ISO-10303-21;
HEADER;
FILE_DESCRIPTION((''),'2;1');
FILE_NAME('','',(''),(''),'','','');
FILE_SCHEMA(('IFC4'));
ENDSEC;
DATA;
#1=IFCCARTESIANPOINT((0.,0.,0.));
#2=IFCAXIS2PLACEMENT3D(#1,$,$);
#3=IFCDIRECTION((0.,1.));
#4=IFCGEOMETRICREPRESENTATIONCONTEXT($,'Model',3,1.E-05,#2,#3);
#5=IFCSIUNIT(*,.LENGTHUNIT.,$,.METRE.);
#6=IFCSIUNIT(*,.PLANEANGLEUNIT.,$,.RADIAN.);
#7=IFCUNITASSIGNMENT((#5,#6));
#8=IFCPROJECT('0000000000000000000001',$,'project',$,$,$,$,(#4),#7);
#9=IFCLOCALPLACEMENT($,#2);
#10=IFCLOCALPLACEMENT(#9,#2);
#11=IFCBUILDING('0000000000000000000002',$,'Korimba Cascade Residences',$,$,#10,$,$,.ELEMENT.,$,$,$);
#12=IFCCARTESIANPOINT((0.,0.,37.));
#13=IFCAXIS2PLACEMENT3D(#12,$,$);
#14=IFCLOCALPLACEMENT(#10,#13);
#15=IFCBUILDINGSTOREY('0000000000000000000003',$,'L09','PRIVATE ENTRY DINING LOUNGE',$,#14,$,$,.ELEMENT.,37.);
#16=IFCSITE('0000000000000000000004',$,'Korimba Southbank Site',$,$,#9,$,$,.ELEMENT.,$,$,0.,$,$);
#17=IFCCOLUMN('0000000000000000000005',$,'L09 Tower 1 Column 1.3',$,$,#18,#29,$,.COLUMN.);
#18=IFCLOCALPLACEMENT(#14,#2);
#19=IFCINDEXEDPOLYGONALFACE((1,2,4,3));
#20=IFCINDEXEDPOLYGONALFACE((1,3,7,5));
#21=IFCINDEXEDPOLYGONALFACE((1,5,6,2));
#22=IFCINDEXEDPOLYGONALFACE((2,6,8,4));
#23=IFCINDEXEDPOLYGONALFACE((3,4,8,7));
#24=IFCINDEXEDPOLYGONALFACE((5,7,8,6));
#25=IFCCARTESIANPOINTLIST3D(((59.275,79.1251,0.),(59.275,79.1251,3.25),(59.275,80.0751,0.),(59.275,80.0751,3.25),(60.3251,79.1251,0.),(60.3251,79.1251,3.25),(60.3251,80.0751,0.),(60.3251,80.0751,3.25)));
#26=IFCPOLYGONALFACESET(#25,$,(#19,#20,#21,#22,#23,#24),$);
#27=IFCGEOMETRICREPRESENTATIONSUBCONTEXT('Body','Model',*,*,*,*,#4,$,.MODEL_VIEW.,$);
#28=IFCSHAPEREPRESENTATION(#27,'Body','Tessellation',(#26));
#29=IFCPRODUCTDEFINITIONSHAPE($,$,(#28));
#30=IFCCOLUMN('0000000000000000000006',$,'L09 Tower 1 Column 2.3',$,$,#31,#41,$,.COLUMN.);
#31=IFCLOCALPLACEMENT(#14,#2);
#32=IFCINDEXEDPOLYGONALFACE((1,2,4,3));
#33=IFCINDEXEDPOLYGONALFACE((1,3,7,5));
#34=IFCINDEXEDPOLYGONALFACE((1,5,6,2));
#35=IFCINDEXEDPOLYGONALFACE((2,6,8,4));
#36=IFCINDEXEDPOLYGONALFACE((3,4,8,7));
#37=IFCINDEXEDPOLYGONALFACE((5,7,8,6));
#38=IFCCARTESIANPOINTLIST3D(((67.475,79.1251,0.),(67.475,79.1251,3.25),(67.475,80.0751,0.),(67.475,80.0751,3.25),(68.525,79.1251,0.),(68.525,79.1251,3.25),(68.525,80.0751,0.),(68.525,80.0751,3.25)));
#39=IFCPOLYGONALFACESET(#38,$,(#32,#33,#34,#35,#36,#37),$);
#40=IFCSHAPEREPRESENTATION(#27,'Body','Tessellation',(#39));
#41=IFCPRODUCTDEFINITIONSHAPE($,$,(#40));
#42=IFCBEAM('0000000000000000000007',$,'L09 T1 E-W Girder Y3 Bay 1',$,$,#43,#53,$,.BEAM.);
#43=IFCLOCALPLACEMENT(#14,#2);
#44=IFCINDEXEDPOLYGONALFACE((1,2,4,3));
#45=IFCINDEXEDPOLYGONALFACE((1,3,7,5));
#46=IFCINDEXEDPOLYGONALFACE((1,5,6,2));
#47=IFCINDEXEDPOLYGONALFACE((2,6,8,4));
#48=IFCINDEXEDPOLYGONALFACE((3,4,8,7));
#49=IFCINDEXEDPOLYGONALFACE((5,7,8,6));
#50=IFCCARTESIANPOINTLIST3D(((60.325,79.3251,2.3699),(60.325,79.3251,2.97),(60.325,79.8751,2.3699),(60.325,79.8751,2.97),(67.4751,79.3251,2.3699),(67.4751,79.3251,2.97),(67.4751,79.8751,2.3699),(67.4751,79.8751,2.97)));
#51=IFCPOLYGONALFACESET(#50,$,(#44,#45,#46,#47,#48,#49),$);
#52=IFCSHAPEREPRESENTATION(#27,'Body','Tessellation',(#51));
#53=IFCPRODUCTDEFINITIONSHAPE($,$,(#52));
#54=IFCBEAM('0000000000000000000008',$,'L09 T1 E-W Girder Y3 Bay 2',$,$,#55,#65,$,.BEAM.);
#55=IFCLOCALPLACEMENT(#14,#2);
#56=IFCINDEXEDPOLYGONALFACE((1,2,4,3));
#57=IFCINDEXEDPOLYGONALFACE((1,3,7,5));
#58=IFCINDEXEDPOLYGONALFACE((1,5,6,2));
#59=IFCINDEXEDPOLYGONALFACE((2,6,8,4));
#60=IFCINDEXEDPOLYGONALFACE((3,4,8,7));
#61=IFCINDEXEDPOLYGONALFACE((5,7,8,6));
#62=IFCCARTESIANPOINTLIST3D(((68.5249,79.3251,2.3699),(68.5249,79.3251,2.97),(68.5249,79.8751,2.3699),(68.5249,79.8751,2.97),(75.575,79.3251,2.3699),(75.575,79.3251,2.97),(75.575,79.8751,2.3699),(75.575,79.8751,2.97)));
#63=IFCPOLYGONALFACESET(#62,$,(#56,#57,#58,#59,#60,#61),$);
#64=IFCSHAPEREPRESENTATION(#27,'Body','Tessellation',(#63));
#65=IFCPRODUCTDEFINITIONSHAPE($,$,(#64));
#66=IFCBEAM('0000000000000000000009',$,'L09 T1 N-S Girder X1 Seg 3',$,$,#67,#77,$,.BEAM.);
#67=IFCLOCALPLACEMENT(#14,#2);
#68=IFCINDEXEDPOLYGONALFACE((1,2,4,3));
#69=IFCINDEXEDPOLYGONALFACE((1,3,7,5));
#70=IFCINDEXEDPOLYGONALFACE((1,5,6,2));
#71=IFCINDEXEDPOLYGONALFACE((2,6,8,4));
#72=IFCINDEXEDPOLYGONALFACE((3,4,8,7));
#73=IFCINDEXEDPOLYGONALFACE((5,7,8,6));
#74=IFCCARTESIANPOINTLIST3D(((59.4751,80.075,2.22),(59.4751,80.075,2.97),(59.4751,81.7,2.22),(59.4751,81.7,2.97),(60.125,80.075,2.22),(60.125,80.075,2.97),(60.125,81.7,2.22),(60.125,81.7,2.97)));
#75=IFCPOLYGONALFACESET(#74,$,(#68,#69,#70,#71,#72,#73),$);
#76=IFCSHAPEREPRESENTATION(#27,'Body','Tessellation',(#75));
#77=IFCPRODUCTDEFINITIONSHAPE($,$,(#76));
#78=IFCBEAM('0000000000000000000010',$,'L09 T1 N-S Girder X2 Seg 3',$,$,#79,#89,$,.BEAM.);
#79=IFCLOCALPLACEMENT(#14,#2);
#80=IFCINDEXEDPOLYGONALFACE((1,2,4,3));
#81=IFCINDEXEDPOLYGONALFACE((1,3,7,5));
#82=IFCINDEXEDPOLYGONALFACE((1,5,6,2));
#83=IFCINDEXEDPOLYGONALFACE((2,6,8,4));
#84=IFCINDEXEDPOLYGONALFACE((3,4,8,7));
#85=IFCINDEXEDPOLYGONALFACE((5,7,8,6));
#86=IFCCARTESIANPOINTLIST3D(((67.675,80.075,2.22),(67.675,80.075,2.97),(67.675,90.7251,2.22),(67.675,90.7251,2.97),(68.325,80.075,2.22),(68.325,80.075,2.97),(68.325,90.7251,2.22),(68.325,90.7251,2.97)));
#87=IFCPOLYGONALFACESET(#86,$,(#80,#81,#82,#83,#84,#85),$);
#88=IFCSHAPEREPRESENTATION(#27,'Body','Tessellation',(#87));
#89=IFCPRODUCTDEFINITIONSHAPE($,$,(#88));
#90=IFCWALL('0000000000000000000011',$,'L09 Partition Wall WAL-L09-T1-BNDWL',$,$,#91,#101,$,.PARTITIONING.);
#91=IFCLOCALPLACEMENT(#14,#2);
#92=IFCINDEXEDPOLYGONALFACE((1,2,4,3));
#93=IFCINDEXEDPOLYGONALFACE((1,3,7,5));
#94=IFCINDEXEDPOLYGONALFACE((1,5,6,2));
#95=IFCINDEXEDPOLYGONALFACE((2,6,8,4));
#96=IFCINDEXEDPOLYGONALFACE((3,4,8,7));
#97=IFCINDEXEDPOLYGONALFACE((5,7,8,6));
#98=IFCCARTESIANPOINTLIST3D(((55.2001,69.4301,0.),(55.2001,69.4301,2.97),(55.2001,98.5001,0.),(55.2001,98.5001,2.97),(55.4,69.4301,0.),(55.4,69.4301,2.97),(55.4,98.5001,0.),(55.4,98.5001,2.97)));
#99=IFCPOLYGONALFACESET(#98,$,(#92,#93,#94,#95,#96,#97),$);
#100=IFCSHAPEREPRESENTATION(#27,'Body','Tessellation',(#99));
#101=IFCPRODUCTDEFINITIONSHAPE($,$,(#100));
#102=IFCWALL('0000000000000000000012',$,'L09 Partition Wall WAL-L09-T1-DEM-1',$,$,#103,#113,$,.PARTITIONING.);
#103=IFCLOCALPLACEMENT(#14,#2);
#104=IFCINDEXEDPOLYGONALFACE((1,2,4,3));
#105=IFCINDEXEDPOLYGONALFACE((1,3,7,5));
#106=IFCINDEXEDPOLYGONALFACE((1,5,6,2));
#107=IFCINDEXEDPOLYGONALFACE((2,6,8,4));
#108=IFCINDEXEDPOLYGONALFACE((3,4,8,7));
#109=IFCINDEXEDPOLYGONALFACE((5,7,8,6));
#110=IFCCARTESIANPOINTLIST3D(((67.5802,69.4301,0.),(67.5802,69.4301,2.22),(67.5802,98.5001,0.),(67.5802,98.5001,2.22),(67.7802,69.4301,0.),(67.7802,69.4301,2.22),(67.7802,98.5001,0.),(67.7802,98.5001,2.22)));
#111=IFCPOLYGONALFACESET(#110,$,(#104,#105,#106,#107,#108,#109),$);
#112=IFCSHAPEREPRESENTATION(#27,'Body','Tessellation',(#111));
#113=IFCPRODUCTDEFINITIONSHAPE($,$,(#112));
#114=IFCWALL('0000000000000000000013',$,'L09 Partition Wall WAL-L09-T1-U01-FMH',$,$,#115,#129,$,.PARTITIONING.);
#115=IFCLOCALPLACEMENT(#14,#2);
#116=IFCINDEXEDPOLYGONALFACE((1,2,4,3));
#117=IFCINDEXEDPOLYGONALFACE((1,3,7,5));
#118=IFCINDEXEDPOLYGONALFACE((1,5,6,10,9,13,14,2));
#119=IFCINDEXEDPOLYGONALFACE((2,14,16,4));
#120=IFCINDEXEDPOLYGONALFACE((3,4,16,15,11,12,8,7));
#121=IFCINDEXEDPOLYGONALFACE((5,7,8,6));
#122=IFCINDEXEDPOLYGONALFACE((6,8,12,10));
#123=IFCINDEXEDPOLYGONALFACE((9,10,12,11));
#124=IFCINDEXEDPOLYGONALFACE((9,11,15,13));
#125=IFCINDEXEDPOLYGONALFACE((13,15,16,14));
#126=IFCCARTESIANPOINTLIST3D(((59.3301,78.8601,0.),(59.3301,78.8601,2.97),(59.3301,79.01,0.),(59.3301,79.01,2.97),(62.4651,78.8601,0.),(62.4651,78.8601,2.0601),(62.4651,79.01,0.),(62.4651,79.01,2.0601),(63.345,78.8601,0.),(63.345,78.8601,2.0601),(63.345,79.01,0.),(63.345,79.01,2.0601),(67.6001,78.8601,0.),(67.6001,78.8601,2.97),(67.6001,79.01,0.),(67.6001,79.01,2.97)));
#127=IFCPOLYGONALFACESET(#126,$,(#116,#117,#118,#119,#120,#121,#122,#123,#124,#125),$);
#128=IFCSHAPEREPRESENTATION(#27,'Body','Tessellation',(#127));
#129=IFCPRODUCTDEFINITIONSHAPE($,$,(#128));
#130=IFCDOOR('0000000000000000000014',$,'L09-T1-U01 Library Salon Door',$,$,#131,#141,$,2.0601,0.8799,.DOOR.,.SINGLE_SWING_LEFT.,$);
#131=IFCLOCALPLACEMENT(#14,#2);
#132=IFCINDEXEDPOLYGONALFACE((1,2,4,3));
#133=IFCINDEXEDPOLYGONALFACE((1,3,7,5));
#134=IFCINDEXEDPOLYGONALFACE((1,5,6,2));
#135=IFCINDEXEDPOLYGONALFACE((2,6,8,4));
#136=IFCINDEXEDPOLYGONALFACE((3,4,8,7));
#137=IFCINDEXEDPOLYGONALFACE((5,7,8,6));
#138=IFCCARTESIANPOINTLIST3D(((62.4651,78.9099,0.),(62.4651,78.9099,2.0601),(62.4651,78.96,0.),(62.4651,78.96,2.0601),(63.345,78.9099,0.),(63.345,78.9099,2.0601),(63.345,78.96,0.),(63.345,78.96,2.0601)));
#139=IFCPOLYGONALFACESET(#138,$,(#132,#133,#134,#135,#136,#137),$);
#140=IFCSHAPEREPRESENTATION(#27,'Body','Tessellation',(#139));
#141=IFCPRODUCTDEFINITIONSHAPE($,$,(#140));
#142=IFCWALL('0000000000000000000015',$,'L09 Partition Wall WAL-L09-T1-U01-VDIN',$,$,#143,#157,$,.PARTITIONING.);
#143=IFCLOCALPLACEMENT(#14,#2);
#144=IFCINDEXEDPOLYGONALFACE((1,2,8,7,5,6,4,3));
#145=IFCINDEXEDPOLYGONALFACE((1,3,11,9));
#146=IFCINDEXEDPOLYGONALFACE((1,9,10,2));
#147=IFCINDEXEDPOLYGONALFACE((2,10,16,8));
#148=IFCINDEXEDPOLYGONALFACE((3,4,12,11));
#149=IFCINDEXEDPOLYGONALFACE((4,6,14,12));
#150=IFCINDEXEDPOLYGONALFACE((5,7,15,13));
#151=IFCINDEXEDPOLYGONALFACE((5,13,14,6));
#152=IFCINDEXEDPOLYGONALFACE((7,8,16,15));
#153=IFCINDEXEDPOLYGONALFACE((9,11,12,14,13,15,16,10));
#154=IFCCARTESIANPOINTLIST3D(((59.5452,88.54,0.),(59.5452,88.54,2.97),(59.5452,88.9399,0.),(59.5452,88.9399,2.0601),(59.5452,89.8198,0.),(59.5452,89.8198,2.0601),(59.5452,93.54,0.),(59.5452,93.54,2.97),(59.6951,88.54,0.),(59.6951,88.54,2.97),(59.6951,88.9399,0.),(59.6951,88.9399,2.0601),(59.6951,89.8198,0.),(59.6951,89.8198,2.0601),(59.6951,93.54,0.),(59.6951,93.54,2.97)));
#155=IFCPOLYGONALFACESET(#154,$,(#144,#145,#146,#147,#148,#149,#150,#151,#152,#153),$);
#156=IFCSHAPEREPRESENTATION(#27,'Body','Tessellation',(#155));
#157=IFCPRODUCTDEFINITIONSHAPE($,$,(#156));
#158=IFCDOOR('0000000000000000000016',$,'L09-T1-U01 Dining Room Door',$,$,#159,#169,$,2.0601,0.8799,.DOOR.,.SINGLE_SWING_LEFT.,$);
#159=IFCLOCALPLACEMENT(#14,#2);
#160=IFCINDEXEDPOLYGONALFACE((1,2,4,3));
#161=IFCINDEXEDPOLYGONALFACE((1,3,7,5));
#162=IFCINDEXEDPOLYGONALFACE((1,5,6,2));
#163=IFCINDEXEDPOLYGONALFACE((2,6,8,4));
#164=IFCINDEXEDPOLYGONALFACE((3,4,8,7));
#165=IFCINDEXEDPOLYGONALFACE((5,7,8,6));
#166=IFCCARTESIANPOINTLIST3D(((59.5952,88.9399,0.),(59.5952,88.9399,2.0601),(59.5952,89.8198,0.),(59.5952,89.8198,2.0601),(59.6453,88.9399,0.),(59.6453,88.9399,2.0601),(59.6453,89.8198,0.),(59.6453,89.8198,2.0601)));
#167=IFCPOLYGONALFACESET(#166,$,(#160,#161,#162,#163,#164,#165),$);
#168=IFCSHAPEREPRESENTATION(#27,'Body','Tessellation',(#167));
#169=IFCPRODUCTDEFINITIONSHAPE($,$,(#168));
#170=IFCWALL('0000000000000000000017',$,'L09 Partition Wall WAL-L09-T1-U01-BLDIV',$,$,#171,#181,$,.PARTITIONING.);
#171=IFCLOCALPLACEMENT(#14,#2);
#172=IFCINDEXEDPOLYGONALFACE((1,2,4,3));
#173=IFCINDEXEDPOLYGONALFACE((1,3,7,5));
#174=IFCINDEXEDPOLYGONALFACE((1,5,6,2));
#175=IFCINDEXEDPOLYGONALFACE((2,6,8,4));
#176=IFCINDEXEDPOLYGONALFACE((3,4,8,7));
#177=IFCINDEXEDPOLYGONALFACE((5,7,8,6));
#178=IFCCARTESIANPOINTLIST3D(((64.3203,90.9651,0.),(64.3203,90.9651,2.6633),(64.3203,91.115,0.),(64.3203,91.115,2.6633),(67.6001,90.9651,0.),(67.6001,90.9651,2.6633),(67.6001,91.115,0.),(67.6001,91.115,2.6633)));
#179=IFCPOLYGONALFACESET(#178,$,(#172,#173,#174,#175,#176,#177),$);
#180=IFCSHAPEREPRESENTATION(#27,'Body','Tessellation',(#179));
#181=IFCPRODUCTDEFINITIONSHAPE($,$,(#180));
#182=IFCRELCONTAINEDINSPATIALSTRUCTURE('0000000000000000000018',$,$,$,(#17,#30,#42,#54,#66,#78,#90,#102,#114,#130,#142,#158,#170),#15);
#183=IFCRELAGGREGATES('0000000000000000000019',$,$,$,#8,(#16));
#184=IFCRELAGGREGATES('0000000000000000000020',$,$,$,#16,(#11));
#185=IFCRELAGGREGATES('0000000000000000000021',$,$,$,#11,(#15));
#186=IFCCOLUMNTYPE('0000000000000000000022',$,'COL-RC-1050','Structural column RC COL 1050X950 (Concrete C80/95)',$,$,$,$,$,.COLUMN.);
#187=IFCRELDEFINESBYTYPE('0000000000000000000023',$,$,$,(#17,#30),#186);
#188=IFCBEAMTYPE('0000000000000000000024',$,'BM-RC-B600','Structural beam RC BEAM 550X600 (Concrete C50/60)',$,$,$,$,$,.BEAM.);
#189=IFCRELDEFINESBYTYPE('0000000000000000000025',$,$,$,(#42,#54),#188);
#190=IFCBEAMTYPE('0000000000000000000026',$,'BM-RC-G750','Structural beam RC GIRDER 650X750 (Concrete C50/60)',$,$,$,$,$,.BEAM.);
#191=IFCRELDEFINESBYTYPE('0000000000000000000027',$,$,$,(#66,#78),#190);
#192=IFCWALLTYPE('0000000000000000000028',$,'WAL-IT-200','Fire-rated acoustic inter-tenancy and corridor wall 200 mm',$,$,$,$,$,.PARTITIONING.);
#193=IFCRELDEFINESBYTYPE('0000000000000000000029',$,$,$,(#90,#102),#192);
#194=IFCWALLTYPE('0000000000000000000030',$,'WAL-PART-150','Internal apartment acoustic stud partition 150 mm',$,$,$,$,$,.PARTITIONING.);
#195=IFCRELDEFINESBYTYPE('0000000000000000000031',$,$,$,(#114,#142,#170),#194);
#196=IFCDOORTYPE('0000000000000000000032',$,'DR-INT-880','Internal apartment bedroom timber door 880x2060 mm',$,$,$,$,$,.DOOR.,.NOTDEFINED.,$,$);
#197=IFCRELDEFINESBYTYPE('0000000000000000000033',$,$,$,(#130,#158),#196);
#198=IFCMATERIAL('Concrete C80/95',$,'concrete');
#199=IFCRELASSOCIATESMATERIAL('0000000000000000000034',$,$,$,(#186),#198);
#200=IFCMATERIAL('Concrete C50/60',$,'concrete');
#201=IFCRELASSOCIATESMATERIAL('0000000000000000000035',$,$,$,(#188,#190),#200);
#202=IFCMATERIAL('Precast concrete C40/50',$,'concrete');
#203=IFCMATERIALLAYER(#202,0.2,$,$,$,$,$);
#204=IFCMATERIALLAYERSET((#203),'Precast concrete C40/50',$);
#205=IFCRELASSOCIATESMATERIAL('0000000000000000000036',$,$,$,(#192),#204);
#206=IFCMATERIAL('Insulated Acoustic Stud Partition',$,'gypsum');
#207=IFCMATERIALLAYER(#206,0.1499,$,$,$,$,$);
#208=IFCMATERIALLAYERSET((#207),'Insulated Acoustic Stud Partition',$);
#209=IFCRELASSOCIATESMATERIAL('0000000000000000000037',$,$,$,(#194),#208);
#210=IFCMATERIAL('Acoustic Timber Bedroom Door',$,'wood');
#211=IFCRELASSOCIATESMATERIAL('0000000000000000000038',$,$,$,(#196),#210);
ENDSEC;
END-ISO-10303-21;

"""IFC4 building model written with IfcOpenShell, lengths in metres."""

from ifc_helpers import new_model, si_unit, direction, frame, frame_2d, origin, origin_2d, place, context, subcontext, project, spatial, rectangle, extrude, material, layer, layer_set, material_profile, profile_set, type_object, element, fill, save


model = new_model("IFC4")

# Units and contexts
model_context = context("Model", 3, precision=1e-05, world=origin(), true_north=direction((0.0, 1.0)))
body_context = subcontext(model_context, "Body", "Model", "MODEL_VIEW")
ifc_project = project(units=[si_unit("LENGTHUNIT", "METRE"), si_unit("PLANEANGLEUNIT", "RADIAN")], contexts=[model_context])

# Site, building, storey
site_placement = place(None, origin())
site = spatial("IfcSite", under=ifc_project, at=site_placement, Name="Korimba Southbank Site", CompositionType="ELEMENT", RefElevation=0.0)
building_placement = place(site_placement, origin())
building = spatial("IfcBuilding", under=site, at=building_placement, Name="Korimba Cascade Residences", CompositionType="ELEMENT")
storey_placement = place(building_placement, frame((0.0, 0.0, 37.0)))
storey = spatial("IfcBuildingStorey", under=building, at=storey_placement, Name="L09", Description="PRIVATE ENTRY DINING LOUNGE", CompositionType="ELEMENT", Elevation=37.0)

# Columns
ifc_material_1 = material(Name="Concrete C80/95", Category="concrete")
ifc_material_profile_1 = material_profile(ifc_material_1, rectangle(XDim=1.05, YDim=0.95, at=origin_2d()), Name="Concrete C80/95")
ifc_profile_set_1 = profile_set([ifc_material_profile_1], Name="Concrete C80/95")
column_type = type_object("IfcColumnType", Name="COL-RC-1050", Description="Structural column RC COL 1050X950 (Concrete C80/95)", PredefinedType="COLUMN", material=ifc_profile_set_1)
for number, where, z_axis, x_axis, name in (
    (1, (59.8, 79.6001, 0.0), (0.0, 0.0, 1.0), (1.0, 0.0, 0.0), "L09 Tower 1 Column 1.3"),
    (2, (68.0, 79.6001, 0.0), (0.0, 0.0, 1.0), (1.0, 0.0, 0.0), "L09 Tower 1 Column 2.3"),
):
    element("IfcColumn", number, at=place(storey_placement, frame(where, z_axis=z_axis, x_axis=x_axis)), inside=storey, type_object=column_type, Name=name, PredefinedType="COLUMN", context=body_context, shape_type="SweptSolid", body=[
        extrude(rectangle(XDim=1.05, YDim=0.95, at=origin_2d()), origin(), (0.0, 0.0, 1.0), 3.25),
    ])

# Beams
ifc_material_2 = material(Name="Concrete C50/60", Category="concrete")
ifc_material_profile_2 = material_profile(ifc_material_2, rectangle(XDim=0.55, YDim=0.6001, at=origin_2d()), Name="Concrete C50/60")
ifc_profile_set_2 = profile_set([ifc_material_profile_2], Name="Concrete C50/60")
beam_type_1 = type_object("IfcBeamType", Name="BM-RC-B600", Description="Structural beam RC BEAM 550X600 (Concrete C50/60)", PredefinedType="BEAM", material=ifc_profile_set_2)
beam_1_placement = place(storey_placement, frame((60.325, 79.6001, 2.6699), z_axis=(1.0, 0.0, 0.0), x_axis=(0.0, 1.0, 0.0)))
element("IfcBeam", 3, at=beam_1_placement, inside=storey, type_object=beam_type_1, Name="L09 T1 E-W Girder Y3 Bay 1", PredefinedType="BEAM", context=body_context, shape_type="SweptSolid", body=[
    extrude(rectangle(XDim=0.55, YDim=0.6001, at=origin_2d()), origin(), (0.0, 0.0, 1.0), 7.1501),
])
beam_2_placement = place(storey_placement, frame((68.5249, 79.6001, 2.6699), z_axis=(1.0, 0.0, 0.0), x_axis=(0.0, 1.0, 0.0)))
element("IfcBeam", 4, at=beam_2_placement, inside=storey, type_object=beam_type_1, Name="L09 T1 E-W Girder Y3 Bay 2", PredefinedType="BEAM", context=body_context, shape_type="SweptSolid", body=[
    extrude(rectangle(XDim=0.55, YDim=0.6001, at=origin_2d()), origin(), (0.0, 0.0, 1.0), 7.05),
])
ifc_material_profile_3 = material_profile(ifc_material_2, rectangle(XDim=0.6499, YDim=0.75, at=origin_2d()), Name="Concrete C50/60")
ifc_profile_set_3 = profile_set([ifc_material_profile_3], Name="Concrete C50/60")
beam_type_2 = type_object("IfcBeamType", Name="BM-RC-G750", Description="Structural beam RC GIRDER 650X750 (Concrete C50/60)", PredefinedType="BEAM", material=ifc_profile_set_3)
beam_3_placement = place(storey_placement, frame((59.8, 80.075, 2.595), z_axis=(0.0, 1.0, 0.0), x_axis=(-1.0, 0.0, 0.0)))
element("IfcBeam", 5, at=beam_3_placement, inside=storey, type_object=beam_type_2, Name="L09 T1 N-S Girder X1 Seg 3", PredefinedType="BEAM", context=body_context, shape_type="SweptSolid", body=[
    extrude(rectangle(XDim=0.6499, YDim=0.75, at=origin_2d()), origin(), (0.0, 0.0, 1.0), 1.625),
])
beam_4_placement = place(storey_placement, frame((68.0, 80.075, 2.595), z_axis=(0.0, 1.0, 0.0), x_axis=(-1.0, 0.0, 0.0)))
element("IfcBeam", 6, at=beam_4_placement, inside=storey, type_object=beam_type_2, Name="L09 T1 N-S Girder X2 Seg 3", PredefinedType="BEAM", context=body_context, shape_type="SweptSolid", body=[
    extrude(rectangle(XDim=0.6499, YDim=0.75, at=origin_2d()), origin(), (0.0, 0.0, 1.0), 10.6501),
])

# Walls
ifc_material_3 = material(Name="Precast concrete C40/50", Category="concrete")
ifc_layer_1 = layer(ifc_material_3, 0.2)
ifc_layer_set_1 = layer_set([ifc_layer_1], Name="Precast concrete C40/50")
wall_type_1 = type_object("IfcWallType", Name="WAL-IT-200", Description="Fire-rated acoustic inter-tenancy and corridor wall 200 mm", PredefinedType="PARTITIONING", material=ifc_layer_set_1)
wall_1_placement = place(storey_placement, frame((55.3, 69.4299, 0.0), z_axis=(0.0, 0.0, 1.0), x_axis=(0.0, 1.0, 0.0)))
element("IfcWall", 7, at=wall_1_placement, inside=storey, type_object=wall_type_1, Name="L09 Partition Wall WAL-L09-T1-BNDWL", PredefinedType="PARTITIONING", context=body_context, shape_type="SweptSolid", body=[
    extrude(rectangle(XDim=29.0701, YDim=0.2, at=frame_2d((14.5352, 0.0))), origin(), (0.0, 0.0, 1.0), 2.97),
])
wall_2_placement = place(storey_placement, frame((67.6802, 69.4299, 0.0), z_axis=(0.0, 0.0, 1.0), x_axis=(0.0, 1.0, 0.0)))
element("IfcWall", 8, at=wall_2_placement, inside=storey, type_object=wall_type_1, Name="L09 Partition Wall WAL-L09-T1-DEM-1", PredefinedType="PARTITIONING", context=body_context, shape_type="SweptSolid", body=[
    extrude(rectangle(XDim=29.0701, YDim=0.2, at=frame_2d((14.5352, 0.0))), origin(), (0.0, 0.0, 1.0), 2.22),
])

# Walls, openings, doors
ifc_material_4 = material(Name="Insulated Acoustic Stud Partition", Category="gypsum")
ifc_layer_2 = layer(ifc_material_4, 0.1499)
ifc_layer_set_2 = layer_set([ifc_layer_2], Name="Insulated Acoustic Stud Partition")
wall_type_2 = type_object("IfcWallType", Name="WAL-PART-150", Description="Internal apartment acoustic stud partition 150 mm", PredefinedType="PARTITIONING", material=ifc_layer_set_2)
wall_3_placement = place(storey_placement, frame((59.3301, 78.9351, 0.0), z_axis=(0.0, 0.0, 1.0), x_axis=(1.0, 0.0, 0.0)))
wall_3 = element("IfcWall", 9, at=wall_3_placement, inside=storey, type_object=wall_type_2, Name="L09 Partition Wall WAL-L09-T1-U01-FMH", PredefinedType="PARTITIONING", context=body_context, shape_type="SweptSolid", body=[
    extrude(rectangle(XDim=8.27, YDim=0.1499, at=frame_2d((4.135, 0.0))), origin(), (0.0, 0.0, 1.0), 2.97),
])
opening_1_placement = place(wall_3_placement, frame((3.135, 0.0, 0.0)))
opening_1 = element("IfcOpeningElement", 10, at=opening_1_placement, cuts=wall_3, PredefinedType="OPENING", context=body_context, shape_type="SweptSolid", body=[
    extrude(rectangle(XDim=0.8799, YDim=2.0601, at=frame_2d((0.4399, 1.03))), frame((0.0, 0.085, 0.0), z_axis=(0.0, -1.0, 0.0), x_axis=(1.0, 0.0, 0.0)), (0.0, 0.0, 1.0), 0.1699),
])
ifc_material_5 = material(Name="Acoustic Timber Bedroom Door", Category="wood")
door_type_1 = type_object("IfcDoorType", Name="DR-INT-880", Description="Internal apartment bedroom timber door 880x2060 mm", OperationType="NOTDEFINED", PredefinedType="DOOR", material=ifc_material_5)
door_1_placement = place(opening_1_placement, origin())
door_1 = element("IfcDoor", 11, at=door_1_placement, inside=storey, type_object=door_type_1, Name="L09-T1-U01 Library Salon Door", OperationType="SINGLE_SWING_LEFT", OverallHeight=2.0601, OverallWidth=0.8799, PredefinedType="DOOR", context=body_context, shape_type="SweptSolid", body=[
    extrude(rectangle(XDim=0.8799, YDim=2.0601, at=frame_2d((0.4399, 1.03))), frame((0.0, 0.0249, 0.0), z_axis=(0.0, -1.0, 0.0), x_axis=(1.0, 0.0, 0.0)), (0.0, 0.0, 1.0), 0.05),
])
fill(opening_1, door_1)
wall_4_placement = place(storey_placement, frame((59.6201, 88.54, 0.0), z_axis=(0.0, 0.0, 1.0), x_axis=(0.0, 1.0, 0.0)))
wall_4 = element("IfcWall", 12, at=wall_4_placement, inside=storey, type_object=wall_type_2, Name="L09 Partition Wall WAL-L09-T1-U01-VDIN", PredefinedType="PARTITIONING", context=body_context, shape_type="SweptSolid", body=[
    extrude(rectangle(XDim=5.0, YDim=0.1499, at=frame_2d((2.5, 0.0))), origin(), (0.0, 0.0, 1.0), 2.97),
])
opening_2_placement = place(wall_4_placement, frame((0.3999, 0.0, 0.0)))
opening_2 = element("IfcOpeningElement", 13, at=opening_2_placement, cuts=wall_4, PredefinedType="OPENING", context=body_context, shape_type="SweptSolid", body=[
    extrude(rectangle(XDim=0.8799, YDim=2.0601, at=frame_2d((0.4399, 1.03))), frame((0.0, 0.085, 0.0), z_axis=(0.0, -1.0, 0.0), x_axis=(1.0, 0.0, 0.0)), (0.0, 0.0, 1.0), 0.1699),
])
door_2_placement = place(opening_2_placement, origin())
door_2 = element("IfcDoor", 14, at=door_2_placement, inside=storey, type_object=door_type_1, Name="L09-T1-U01 Dining Room Door", OperationType="SINGLE_SWING_LEFT", OverallHeight=2.0601, OverallWidth=0.8799, PredefinedType="DOOR", context=body_context, shape_type="SweptSolid", body=[
    extrude(rectangle(XDim=0.8799, YDim=2.0601, at=frame_2d((0.4399, 1.03))), frame((0.0, 0.0249, 0.0), z_axis=(0.0, -1.0, 0.0), x_axis=(1.0, 0.0, 0.0)), (0.0, 0.0, 1.0), 0.05),
])
fill(opening_2, door_2)

# Wall
wall_5_placement = place(storey_placement, frame((64.3203, 91.04, 0.0), z_axis=(0.0, 0.0, 1.0), x_axis=(1.0, 0.0, 0.0)))
element("IfcWall", 15, at=wall_5_placement, inside=storey, type_object=wall_type_2, Name="L09 Partition Wall WAL-L09-T1-U01-BLDIV", PredefinedType="PARTITIONING", context=body_context, shape_type="SweptSolid", body=[
    extrude(rectangle(XDim=3.2798, YDim=0.1499, at=frame_2d((1.6399, 0.0))), origin(), (0.0, 0.0, 1.0), 2.6633),
])

save(model, "model.ifc")
